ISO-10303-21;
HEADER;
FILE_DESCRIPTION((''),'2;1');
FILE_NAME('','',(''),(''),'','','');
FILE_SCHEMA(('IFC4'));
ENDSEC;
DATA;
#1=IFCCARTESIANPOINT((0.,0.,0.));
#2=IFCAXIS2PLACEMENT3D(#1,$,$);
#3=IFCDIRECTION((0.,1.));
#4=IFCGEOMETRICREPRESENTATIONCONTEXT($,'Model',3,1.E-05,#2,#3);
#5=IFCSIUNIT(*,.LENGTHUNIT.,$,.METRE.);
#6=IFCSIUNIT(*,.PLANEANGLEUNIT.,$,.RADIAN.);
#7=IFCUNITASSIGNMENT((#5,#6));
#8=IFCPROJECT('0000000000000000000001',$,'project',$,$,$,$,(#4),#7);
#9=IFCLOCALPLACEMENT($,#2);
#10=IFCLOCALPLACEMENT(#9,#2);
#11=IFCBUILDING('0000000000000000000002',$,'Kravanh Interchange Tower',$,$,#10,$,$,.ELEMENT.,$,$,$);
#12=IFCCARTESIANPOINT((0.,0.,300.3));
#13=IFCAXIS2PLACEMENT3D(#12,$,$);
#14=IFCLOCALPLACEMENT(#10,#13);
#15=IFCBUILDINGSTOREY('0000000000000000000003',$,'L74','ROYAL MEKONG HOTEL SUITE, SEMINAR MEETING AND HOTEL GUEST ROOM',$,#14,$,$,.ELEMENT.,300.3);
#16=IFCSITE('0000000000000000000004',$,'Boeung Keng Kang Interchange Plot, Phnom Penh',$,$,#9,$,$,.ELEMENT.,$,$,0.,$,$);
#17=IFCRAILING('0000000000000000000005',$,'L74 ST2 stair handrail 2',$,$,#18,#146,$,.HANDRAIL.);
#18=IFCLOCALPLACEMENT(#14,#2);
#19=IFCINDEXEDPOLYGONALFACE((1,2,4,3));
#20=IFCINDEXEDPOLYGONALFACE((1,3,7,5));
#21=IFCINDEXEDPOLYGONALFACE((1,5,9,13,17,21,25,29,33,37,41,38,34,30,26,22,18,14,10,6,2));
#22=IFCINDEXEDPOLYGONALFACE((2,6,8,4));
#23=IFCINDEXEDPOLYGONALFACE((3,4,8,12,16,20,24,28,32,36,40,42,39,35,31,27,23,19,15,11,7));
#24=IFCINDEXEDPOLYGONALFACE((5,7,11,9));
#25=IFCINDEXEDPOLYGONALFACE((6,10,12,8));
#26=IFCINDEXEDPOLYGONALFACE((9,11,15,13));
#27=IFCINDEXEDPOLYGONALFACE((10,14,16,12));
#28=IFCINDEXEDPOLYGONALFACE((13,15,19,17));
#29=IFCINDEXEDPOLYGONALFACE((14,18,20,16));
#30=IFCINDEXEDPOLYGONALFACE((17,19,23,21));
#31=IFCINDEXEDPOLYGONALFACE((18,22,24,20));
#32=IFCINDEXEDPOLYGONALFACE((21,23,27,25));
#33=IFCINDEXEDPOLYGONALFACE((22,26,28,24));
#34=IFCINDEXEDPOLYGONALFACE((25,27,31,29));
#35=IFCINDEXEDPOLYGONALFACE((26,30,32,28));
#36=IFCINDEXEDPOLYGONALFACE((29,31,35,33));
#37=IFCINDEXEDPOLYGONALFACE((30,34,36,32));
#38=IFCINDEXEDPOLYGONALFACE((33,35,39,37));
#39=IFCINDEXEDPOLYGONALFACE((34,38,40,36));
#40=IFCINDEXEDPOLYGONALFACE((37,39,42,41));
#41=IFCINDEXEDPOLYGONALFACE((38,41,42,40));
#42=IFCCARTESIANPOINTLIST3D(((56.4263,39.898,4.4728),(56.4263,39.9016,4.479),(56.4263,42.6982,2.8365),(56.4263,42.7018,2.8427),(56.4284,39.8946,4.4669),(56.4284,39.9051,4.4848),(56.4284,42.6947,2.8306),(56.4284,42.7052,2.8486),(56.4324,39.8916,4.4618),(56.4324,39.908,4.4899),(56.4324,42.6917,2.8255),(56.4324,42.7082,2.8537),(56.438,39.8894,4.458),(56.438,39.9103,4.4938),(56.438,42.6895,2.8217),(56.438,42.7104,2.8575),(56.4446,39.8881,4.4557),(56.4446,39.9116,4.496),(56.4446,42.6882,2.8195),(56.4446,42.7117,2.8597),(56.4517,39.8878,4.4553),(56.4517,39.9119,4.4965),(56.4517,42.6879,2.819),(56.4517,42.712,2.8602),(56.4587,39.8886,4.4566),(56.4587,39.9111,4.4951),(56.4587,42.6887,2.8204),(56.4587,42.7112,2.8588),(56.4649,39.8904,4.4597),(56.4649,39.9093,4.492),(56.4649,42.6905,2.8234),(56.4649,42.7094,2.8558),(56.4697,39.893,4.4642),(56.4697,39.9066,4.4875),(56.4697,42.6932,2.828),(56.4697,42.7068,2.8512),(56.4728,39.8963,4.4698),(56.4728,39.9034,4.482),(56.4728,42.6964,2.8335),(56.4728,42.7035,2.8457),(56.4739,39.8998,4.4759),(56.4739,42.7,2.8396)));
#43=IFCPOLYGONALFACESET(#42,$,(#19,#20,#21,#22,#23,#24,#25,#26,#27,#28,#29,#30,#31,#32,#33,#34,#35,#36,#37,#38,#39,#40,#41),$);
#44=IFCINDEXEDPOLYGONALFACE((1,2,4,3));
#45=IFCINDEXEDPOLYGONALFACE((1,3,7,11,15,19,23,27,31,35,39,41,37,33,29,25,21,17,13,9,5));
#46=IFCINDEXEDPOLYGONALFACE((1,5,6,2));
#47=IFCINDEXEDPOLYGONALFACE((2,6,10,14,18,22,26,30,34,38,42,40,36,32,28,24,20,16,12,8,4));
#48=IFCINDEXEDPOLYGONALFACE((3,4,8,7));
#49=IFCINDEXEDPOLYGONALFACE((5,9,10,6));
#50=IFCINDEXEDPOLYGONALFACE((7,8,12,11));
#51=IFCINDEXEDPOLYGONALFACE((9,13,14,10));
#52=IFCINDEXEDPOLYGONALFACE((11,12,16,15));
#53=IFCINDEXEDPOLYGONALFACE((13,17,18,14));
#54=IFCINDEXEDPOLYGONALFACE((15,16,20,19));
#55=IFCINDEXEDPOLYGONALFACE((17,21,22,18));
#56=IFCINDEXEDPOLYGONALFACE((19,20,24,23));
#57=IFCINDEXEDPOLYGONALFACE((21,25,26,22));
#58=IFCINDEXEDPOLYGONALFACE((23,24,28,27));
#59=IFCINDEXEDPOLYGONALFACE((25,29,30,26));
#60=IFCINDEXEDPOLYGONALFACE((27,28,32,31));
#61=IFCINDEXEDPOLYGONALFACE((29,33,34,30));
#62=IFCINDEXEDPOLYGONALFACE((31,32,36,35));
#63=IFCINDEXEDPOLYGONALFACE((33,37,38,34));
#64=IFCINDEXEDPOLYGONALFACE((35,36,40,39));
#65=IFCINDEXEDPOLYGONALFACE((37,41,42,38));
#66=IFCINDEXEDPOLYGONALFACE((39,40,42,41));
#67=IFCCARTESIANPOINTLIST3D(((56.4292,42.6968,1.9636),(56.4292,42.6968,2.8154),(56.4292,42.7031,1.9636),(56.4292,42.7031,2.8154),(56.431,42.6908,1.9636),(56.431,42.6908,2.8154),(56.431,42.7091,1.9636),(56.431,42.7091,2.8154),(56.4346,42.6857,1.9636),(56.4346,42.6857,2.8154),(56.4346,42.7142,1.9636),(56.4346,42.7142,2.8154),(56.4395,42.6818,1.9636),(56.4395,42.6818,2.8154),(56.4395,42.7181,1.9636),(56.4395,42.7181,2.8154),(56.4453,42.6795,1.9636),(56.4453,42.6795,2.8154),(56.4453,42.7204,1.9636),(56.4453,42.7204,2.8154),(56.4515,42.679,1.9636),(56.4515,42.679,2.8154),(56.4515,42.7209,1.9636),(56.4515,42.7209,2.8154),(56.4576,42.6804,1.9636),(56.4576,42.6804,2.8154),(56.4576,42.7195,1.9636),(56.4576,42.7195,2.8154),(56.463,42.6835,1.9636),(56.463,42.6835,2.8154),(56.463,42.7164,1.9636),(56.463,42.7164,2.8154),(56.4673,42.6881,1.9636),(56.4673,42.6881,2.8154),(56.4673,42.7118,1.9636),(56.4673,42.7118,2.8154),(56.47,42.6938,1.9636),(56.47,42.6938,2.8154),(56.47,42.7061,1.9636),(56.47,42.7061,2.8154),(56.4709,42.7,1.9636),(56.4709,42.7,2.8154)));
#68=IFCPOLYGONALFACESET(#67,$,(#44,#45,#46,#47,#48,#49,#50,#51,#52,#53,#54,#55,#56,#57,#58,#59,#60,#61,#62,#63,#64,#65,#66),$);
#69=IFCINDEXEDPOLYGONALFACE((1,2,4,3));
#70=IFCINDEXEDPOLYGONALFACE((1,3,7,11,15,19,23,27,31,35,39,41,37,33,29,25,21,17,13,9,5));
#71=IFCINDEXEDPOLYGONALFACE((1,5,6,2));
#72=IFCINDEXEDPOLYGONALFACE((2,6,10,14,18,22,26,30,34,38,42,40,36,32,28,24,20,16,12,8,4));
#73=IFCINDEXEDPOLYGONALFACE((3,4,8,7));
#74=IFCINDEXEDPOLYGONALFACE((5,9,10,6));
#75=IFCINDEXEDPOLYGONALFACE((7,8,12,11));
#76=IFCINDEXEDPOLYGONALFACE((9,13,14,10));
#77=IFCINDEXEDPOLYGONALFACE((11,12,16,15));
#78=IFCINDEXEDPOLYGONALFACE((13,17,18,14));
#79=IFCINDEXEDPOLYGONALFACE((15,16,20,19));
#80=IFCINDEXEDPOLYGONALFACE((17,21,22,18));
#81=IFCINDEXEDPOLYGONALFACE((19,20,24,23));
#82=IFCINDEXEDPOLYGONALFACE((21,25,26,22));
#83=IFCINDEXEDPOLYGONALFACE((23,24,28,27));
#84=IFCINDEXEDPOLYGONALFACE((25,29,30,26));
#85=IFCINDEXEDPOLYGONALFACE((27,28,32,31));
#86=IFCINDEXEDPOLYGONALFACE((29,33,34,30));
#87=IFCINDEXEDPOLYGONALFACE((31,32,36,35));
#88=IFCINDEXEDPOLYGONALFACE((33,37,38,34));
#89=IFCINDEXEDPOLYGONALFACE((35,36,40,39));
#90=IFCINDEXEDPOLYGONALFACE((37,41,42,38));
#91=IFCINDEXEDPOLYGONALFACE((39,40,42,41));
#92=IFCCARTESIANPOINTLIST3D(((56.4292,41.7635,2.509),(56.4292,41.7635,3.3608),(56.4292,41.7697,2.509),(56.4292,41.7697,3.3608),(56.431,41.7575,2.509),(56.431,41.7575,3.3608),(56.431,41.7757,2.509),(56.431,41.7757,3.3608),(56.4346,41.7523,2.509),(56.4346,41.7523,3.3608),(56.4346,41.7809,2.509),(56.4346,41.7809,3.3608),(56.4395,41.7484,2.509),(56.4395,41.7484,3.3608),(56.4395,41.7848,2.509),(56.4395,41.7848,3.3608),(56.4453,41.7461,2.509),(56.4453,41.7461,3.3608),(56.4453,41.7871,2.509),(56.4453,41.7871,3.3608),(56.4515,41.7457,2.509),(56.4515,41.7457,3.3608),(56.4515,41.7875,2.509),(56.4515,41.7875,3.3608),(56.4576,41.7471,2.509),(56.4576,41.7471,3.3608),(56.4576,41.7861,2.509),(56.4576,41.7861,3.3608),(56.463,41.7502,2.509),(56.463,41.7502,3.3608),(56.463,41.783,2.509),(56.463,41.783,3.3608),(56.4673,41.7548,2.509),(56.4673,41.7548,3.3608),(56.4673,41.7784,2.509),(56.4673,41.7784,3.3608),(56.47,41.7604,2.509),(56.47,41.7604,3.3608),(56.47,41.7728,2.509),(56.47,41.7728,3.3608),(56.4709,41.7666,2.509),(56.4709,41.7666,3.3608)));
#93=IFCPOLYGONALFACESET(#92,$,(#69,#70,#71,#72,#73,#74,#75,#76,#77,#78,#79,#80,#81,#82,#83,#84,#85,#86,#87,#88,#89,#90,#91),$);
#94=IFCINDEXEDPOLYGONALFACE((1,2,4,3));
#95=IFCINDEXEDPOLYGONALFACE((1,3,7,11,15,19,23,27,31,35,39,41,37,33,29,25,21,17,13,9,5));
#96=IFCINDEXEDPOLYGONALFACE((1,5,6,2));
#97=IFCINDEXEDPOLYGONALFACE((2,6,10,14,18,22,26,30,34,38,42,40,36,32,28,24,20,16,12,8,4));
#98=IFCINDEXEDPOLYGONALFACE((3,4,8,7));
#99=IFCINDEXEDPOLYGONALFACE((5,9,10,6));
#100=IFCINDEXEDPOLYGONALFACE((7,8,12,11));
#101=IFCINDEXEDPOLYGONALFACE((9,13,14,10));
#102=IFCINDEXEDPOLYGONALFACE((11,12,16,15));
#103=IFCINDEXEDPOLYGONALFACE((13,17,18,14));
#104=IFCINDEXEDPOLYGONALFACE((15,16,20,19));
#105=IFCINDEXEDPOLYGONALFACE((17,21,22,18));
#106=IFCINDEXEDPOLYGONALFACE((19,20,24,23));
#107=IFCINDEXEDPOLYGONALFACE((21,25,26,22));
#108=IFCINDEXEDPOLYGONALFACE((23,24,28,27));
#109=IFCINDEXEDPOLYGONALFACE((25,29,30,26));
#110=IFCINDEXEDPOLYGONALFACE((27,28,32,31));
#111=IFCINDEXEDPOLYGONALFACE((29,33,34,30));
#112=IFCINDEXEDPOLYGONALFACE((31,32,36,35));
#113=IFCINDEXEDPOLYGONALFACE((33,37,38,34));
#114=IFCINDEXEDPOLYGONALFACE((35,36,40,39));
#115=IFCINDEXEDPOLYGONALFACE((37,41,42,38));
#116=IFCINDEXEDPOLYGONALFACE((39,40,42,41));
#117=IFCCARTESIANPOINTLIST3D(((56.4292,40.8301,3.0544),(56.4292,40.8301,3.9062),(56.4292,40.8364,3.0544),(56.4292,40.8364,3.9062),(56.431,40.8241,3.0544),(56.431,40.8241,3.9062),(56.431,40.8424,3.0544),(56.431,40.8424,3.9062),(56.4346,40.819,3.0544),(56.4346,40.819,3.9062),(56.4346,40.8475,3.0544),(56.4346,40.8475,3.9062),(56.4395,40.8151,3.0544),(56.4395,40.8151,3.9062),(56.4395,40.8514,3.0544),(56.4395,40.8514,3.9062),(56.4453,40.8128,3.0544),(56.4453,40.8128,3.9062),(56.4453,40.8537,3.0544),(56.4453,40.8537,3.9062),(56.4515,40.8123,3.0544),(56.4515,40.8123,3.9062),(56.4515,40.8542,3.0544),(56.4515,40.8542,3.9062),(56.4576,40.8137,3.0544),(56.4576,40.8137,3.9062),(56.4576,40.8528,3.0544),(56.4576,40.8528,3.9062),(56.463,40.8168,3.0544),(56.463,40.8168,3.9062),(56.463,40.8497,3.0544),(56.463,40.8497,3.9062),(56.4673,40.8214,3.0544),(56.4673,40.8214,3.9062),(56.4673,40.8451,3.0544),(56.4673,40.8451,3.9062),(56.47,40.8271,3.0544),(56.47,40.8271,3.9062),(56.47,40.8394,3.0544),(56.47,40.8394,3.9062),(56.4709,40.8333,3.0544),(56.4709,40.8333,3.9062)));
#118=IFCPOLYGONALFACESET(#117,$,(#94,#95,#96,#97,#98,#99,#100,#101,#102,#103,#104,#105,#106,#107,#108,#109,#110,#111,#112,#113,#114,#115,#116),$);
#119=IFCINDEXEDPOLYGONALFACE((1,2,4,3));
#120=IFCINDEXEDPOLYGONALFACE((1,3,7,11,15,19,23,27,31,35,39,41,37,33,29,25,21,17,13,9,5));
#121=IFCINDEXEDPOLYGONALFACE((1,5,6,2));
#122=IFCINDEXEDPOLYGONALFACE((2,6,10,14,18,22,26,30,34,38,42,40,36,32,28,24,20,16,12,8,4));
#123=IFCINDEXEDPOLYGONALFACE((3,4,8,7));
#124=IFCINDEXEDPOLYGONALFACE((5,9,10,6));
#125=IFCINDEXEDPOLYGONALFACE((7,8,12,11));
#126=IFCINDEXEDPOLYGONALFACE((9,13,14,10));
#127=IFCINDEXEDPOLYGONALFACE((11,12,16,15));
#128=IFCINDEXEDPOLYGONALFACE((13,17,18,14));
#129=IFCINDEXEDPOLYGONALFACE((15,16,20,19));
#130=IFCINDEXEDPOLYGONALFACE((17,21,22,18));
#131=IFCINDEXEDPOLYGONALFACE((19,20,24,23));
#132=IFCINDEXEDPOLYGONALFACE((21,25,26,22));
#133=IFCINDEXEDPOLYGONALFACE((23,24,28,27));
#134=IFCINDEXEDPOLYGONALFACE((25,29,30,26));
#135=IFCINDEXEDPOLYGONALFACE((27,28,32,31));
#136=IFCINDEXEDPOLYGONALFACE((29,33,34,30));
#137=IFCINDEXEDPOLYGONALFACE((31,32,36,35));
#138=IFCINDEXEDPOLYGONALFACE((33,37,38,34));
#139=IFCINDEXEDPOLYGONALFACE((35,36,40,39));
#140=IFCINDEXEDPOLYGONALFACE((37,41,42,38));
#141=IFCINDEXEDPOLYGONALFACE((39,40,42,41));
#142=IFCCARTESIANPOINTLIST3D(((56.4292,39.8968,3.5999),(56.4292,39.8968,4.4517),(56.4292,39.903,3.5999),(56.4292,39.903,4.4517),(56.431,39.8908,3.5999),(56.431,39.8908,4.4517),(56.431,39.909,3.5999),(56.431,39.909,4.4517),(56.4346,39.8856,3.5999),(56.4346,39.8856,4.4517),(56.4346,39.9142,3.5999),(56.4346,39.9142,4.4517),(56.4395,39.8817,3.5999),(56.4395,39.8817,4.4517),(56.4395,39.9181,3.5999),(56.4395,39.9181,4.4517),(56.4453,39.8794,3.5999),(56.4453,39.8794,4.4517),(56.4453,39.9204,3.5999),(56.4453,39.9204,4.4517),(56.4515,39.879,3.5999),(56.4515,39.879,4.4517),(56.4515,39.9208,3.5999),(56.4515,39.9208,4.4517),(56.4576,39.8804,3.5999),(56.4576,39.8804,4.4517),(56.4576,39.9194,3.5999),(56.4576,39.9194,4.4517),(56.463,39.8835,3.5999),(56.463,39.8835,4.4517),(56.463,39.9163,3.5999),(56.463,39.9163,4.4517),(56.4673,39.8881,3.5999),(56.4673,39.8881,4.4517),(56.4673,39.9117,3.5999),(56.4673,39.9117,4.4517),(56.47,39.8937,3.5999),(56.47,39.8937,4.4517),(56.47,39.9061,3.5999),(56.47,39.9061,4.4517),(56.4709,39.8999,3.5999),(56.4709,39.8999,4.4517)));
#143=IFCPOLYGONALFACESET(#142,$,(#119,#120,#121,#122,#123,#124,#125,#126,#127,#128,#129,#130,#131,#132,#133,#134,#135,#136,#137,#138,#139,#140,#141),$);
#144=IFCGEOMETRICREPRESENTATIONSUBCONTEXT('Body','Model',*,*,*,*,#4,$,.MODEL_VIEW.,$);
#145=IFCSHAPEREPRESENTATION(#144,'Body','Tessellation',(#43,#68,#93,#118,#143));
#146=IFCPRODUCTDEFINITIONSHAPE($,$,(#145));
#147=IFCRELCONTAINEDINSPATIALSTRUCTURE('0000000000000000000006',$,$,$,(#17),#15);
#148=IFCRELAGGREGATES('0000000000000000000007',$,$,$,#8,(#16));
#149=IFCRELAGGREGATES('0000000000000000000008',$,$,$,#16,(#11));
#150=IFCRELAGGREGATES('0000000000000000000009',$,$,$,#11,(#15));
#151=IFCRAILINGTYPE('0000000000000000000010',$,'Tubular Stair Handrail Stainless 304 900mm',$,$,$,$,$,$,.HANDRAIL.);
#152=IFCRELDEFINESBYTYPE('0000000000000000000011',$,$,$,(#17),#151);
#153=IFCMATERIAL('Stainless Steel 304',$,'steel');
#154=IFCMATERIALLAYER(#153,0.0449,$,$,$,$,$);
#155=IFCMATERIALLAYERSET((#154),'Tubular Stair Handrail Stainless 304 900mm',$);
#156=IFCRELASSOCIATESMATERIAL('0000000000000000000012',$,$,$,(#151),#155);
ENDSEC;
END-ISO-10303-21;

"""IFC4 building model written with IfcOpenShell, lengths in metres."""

from ifc_helpers import new_model, si_unit, direction, frame, origin, origin_2d, place, context, subcontext, project, spatial, circle, extrude, material, layer, layer_set, type_object, element, save


model = new_model("IFC4")

# Units and contexts
model_context = context("Model", 3, precision=1e-05, world=origin(), true_north=direction((0.0, 1.0)))
body_context = subcontext(model_context, "Body", "Model", "MODEL_VIEW")
ifc_project = project(units=[si_unit("LENGTHUNIT", "METRE"), si_unit("PLANEANGLEUNIT", "RADIAN")], contexts=[model_context])

# Site, building, storey
site_placement = place(None, origin())
site = spatial("IfcSite", under=ifc_project, at=site_placement, Name="Boeung Keng Kang Interchange Plot, Phnom Penh", CompositionType="ELEMENT", RefElevation=0.0)
building_placement = place(site_placement, origin())
building = spatial("IfcBuilding", under=site, at=building_placement, Name="Kravanh Interchange Tower", CompositionType="ELEMENT")
storey_placement = place(building_placement, frame((0.0, 0.0, 300.3)))
storey = spatial("IfcBuildingStorey", under=building, at=storey_placement, Name="L74", Description="ROYAL MEKONG HOTEL SUITE, SEMINAR MEETING AND HOTEL GUEST ROOM", CompositionType="ELEMENT", Elevation=300.3)

# Railing
ifc_material_1 = material(Name="Stainless Steel 304", Category="steel")
ifc_layer_1 = layer(ifc_material_1, 0.0449)
ifc_layer_set_1 = layer_set([ifc_layer_1], Name="Tubular Stair Handrail Stainless 304 900mm")
railing_type_1 = type_object("IfcRailingType", Name="Tubular Stair Handrail Stainless 304 900mm", PredefinedType="HANDRAIL", material=ifc_layer_set_1)
railing_1_placement = place(storey_placement, frame((56.45, 42.7, 1.9636)))
element("IfcRailing", 1, at=railing_1_placement, inside=storey, type_object=railing_type_1, Name="L74 ST2 stair handrail 2", PredefinedType="HANDRAIL", context=body_context, shape_type="SweptSolid", body=[
    extrude(circle(Radius=0.0239, at=origin_2d()), frame((0.0, 0.0, 0.876), z_axis=(0.0, -0.863394, 0.504531), x_axis=(1.0, 0.0, 0.0)), (0.0, 0.0, 1.0), 3.2432),
    extrude(circle(Radius=0.021, at=origin_2d()), origin(), (0.0, 0.0, 1.0), 0.8518),
    extrude(circle(Radius=0.021, at=origin_2d()), frame((0.0, -0.9333, 0.5454)), (0.0, 0.0, 1.0), 0.8518),
    extrude(circle(Radius=0.021, at=origin_2d()), frame((0.0, -1.8667, 1.0908)), (0.0, 0.0, 1.0), 0.8518),
    extrude(circle(Radius=0.021, at=origin_2d()), frame((0.0, -2.8, 1.6362)), (0.0, 0.0, 1.0), 0.8518),
])

save(model, "model.ifc")
